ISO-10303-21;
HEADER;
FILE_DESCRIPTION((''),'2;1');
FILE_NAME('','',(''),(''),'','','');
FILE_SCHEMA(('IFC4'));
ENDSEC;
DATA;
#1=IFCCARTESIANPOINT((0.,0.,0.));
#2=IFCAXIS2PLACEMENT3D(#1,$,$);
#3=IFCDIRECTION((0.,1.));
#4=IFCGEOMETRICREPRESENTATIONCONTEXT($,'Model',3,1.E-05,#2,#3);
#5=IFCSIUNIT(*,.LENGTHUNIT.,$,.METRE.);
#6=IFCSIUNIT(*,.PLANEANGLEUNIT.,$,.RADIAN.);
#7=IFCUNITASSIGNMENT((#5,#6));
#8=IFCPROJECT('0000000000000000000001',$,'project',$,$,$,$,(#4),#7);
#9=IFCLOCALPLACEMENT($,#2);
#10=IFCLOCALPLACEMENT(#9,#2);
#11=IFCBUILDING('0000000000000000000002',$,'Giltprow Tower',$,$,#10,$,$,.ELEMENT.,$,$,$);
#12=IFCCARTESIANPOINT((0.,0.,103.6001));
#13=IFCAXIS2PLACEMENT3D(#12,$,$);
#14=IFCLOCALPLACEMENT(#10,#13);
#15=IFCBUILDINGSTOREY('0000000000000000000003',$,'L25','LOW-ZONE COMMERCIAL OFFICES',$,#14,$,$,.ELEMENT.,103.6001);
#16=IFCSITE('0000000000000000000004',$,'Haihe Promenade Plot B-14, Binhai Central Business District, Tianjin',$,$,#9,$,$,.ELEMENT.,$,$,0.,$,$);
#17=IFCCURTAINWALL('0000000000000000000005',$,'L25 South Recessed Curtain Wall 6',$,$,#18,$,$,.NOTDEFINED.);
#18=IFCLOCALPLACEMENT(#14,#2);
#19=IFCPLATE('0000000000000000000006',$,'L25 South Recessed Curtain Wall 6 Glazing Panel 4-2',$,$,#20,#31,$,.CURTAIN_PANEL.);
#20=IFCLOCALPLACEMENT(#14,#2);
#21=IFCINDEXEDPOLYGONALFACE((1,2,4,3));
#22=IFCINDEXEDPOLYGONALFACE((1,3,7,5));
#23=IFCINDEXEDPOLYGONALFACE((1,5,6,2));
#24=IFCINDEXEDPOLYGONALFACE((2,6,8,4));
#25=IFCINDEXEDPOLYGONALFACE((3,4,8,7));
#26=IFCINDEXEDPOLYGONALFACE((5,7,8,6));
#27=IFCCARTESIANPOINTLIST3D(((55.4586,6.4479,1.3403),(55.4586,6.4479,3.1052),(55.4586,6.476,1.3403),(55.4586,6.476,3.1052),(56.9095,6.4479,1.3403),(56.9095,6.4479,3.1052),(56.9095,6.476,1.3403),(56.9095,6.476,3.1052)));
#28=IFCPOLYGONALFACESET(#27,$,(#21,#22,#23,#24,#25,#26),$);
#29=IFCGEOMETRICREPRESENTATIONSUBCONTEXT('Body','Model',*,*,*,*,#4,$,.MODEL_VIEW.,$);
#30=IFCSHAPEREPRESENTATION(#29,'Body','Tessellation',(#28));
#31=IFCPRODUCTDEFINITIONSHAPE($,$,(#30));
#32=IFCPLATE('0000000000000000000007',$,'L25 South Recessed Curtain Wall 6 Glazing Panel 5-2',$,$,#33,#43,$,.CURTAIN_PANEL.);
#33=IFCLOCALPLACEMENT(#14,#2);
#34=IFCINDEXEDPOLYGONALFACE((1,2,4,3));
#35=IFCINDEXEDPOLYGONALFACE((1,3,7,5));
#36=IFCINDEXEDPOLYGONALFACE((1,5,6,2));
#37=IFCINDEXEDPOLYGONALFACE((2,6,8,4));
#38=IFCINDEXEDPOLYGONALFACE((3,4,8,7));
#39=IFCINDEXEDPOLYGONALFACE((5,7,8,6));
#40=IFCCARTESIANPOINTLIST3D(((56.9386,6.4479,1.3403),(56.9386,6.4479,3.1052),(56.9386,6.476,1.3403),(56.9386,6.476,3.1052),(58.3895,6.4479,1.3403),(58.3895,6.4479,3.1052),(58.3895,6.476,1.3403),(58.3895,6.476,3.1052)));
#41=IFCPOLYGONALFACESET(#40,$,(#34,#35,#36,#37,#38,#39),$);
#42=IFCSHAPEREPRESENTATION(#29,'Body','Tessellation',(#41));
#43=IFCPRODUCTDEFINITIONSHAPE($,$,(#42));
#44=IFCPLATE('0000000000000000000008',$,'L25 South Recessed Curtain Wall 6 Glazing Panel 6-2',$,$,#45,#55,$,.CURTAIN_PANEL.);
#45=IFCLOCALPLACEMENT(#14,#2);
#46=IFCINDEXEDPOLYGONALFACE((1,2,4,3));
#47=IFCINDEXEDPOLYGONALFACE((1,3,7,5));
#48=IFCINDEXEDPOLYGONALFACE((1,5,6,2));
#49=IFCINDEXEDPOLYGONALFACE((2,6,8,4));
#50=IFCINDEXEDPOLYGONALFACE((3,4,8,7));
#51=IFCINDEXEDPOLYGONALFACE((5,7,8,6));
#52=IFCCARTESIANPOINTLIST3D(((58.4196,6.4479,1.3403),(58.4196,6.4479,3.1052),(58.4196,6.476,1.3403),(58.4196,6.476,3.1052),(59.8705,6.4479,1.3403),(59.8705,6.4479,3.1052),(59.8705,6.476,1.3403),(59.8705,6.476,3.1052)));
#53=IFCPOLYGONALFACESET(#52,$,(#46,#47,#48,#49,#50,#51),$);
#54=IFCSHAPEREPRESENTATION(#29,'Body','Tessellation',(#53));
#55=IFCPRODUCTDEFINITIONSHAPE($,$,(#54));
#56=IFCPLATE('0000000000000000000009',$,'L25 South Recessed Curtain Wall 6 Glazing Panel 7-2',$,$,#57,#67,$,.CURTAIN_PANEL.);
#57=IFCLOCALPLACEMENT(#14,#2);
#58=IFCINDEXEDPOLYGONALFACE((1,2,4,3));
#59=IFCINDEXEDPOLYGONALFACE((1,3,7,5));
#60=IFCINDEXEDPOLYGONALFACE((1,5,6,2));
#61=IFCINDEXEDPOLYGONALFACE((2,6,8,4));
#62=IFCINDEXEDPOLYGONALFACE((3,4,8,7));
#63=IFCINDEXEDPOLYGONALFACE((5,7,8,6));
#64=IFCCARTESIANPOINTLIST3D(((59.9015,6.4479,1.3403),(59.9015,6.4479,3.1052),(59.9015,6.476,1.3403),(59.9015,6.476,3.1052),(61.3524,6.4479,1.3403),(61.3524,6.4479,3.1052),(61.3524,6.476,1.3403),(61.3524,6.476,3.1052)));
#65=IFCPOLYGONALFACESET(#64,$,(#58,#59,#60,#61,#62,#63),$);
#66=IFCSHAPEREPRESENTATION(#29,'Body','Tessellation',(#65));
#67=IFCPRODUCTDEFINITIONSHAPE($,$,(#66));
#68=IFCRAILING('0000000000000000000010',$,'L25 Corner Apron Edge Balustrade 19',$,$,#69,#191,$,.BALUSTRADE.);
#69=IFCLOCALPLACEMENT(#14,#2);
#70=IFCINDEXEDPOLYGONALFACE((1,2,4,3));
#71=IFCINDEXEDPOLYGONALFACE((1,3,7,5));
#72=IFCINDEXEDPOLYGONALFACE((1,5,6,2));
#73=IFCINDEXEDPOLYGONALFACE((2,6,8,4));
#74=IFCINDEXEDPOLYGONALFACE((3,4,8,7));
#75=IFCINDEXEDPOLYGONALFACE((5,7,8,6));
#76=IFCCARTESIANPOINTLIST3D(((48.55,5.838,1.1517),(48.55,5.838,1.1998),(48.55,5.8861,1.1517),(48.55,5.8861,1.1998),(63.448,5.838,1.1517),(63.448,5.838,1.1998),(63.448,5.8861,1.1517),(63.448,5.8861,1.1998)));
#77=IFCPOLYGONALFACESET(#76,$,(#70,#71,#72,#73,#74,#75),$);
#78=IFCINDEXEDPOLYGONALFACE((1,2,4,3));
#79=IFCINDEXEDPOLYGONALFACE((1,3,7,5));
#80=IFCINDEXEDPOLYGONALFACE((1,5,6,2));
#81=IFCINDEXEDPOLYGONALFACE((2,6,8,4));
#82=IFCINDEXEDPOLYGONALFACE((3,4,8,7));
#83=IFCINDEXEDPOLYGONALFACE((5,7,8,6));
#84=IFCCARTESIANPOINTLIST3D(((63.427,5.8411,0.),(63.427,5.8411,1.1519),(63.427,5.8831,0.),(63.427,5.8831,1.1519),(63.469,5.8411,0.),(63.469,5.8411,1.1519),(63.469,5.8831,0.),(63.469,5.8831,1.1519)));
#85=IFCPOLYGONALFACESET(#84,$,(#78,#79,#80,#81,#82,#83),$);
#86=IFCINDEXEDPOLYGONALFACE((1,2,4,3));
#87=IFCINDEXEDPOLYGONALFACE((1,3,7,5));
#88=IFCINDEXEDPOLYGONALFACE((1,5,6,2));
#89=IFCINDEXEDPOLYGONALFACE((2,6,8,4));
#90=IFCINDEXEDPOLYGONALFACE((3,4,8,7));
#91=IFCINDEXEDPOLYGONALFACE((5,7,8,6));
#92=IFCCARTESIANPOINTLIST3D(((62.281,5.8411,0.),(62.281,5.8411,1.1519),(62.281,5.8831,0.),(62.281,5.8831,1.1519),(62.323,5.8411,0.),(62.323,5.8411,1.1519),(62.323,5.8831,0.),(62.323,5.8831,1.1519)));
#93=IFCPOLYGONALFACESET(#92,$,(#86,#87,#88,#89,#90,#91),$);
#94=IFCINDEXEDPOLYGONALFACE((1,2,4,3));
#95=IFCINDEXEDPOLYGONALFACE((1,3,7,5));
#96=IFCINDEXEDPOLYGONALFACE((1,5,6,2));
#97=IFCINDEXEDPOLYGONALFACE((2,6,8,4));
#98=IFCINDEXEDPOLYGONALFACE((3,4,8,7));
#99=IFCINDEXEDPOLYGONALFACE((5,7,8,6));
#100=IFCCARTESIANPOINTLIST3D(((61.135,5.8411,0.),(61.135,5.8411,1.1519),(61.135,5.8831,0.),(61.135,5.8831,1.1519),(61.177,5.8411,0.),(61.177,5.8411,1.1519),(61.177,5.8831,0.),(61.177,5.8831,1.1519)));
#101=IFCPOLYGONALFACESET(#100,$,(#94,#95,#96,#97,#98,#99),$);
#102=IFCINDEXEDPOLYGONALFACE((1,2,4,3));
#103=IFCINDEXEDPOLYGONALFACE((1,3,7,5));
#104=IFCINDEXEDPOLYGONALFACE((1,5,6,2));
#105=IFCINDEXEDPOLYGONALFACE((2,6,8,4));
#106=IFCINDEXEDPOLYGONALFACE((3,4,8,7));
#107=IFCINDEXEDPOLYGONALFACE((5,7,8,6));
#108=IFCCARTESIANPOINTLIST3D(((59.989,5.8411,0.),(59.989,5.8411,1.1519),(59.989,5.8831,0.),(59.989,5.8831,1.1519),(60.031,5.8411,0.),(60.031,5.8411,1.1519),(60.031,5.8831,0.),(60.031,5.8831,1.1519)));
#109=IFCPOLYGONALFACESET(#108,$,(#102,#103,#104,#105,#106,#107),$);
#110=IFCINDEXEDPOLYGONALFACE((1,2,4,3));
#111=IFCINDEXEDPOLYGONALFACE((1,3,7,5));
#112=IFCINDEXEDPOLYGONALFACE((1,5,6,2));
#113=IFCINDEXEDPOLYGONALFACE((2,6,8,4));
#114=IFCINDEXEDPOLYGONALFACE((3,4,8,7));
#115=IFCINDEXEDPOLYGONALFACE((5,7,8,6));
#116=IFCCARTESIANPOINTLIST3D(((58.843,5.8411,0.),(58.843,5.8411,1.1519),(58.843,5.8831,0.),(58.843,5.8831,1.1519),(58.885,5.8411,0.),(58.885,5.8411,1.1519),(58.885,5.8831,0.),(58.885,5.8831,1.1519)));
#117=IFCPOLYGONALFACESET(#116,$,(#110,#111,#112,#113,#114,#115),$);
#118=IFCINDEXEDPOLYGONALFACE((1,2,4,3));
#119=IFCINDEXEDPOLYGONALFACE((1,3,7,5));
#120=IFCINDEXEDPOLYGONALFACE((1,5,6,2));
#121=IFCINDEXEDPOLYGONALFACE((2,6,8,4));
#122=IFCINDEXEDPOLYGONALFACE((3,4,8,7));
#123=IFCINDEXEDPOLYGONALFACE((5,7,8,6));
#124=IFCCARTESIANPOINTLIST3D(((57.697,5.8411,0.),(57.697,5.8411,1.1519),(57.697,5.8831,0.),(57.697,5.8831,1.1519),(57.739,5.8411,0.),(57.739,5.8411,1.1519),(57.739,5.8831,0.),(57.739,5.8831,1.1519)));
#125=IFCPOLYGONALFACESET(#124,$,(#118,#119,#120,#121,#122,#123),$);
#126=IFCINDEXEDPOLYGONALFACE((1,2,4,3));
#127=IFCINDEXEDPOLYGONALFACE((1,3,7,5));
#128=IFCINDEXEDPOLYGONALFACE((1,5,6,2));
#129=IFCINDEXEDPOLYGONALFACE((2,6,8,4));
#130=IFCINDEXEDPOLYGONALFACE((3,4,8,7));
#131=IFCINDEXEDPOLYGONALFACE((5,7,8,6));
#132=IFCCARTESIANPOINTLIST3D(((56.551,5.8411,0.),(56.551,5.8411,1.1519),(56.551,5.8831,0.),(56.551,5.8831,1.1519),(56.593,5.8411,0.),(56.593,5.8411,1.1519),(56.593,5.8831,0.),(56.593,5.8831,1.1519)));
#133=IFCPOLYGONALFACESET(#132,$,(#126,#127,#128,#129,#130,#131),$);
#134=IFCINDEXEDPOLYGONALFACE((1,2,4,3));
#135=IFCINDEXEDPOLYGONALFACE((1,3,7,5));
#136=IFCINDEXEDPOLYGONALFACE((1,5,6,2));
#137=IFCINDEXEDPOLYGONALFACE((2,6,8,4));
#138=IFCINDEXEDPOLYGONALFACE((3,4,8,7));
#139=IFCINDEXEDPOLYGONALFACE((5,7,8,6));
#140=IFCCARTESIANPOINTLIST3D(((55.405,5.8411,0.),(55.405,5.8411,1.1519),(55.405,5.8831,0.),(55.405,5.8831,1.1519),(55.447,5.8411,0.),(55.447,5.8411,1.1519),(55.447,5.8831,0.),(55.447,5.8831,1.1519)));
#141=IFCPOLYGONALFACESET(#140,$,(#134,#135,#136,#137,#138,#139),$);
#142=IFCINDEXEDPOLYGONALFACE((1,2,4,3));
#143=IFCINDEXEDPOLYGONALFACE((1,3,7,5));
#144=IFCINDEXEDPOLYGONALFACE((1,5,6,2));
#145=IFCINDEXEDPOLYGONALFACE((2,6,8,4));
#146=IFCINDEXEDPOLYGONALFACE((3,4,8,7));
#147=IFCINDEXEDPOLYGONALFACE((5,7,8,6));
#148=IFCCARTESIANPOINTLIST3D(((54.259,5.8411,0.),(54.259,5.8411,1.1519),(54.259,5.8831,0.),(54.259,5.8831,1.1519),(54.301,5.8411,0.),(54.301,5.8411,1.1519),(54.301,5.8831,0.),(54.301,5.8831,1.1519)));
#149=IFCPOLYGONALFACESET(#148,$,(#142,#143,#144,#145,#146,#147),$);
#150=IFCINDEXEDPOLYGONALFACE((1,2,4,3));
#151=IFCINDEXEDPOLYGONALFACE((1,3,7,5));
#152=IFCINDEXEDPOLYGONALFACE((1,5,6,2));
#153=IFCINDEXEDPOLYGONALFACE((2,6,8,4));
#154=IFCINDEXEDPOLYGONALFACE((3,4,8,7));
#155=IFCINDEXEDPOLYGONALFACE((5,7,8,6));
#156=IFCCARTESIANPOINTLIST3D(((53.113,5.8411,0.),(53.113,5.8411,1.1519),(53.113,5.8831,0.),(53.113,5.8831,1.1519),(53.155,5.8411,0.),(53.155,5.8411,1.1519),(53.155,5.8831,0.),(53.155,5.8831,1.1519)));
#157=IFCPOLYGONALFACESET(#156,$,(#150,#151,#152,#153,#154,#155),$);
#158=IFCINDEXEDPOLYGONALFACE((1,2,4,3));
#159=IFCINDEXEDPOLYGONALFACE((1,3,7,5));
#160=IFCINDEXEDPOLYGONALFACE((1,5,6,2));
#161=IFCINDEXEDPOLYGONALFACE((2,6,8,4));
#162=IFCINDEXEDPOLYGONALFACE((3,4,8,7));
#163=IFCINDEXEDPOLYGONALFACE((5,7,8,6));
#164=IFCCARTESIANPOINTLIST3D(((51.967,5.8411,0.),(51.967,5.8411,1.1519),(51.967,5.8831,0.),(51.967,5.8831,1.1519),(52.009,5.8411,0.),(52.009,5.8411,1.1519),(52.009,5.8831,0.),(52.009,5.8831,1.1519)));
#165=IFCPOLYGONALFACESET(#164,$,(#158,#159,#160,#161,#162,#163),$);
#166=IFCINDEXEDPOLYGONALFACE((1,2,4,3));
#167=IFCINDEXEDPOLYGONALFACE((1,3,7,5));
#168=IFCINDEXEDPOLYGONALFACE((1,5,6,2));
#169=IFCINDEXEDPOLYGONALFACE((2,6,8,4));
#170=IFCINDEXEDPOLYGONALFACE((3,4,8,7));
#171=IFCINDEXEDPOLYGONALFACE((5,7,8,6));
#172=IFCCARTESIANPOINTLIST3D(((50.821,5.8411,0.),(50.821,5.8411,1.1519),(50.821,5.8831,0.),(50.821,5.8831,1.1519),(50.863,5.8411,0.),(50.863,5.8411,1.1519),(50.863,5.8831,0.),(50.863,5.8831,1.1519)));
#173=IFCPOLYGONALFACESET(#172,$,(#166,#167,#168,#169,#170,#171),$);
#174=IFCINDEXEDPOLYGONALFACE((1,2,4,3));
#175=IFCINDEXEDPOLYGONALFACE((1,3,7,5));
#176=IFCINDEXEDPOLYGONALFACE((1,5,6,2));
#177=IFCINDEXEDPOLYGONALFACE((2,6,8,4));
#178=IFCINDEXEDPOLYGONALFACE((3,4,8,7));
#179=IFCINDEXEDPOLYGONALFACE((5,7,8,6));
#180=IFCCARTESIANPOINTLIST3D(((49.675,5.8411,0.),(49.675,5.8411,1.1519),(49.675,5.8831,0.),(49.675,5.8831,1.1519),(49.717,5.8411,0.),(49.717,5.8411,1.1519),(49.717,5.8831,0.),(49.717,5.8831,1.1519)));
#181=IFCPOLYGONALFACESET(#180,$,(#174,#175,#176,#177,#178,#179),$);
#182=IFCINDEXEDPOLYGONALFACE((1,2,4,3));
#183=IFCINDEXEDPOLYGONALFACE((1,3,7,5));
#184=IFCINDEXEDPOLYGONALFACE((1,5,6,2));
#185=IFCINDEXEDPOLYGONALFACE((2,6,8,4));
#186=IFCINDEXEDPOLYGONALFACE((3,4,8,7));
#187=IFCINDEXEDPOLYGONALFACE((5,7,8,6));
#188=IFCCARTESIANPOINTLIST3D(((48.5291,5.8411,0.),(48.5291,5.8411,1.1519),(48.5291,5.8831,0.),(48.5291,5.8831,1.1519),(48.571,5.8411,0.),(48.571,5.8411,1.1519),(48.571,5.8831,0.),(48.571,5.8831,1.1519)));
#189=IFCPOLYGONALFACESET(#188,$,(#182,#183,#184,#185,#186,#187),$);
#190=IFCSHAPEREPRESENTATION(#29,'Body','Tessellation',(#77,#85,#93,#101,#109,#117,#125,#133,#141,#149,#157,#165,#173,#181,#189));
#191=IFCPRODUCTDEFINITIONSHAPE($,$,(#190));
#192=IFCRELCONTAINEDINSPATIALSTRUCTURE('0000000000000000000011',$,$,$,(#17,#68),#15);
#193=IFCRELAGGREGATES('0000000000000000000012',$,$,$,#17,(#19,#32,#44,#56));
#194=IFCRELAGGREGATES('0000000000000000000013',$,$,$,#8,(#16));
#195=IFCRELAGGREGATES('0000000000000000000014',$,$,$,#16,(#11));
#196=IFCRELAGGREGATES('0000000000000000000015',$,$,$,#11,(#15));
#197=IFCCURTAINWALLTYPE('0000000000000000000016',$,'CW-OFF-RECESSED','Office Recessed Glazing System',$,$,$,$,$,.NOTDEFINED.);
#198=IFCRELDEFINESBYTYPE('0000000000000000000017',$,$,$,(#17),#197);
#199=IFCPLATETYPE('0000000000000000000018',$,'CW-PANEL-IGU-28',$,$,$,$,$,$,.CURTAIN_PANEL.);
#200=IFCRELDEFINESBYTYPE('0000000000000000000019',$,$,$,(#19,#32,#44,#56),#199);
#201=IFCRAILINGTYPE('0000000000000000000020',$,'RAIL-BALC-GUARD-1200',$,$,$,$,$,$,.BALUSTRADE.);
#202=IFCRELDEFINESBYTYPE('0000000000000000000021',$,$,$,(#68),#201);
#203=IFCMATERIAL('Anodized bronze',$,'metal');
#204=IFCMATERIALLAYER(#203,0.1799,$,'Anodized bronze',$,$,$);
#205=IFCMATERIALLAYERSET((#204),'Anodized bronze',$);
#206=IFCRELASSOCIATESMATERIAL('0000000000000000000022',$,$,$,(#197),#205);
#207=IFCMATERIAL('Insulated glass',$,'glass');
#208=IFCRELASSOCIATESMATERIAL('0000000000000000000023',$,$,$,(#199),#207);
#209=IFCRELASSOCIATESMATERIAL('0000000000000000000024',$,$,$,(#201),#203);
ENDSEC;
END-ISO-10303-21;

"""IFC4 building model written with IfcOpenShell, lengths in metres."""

from ifc_helpers import new_model, si_unit, direction, frame, origin, origin_2d, place, context, subcontext, project, spatial, rectangle, extrude, source, transform, mapped, material, layer, layer_set, type_object, element, aggregate, save


model = new_model("IFC4")

# Units and contexts
model_context = context("Model", 3, precision=1e-05, world=origin(), true_north=direction((0.0, 1.0)))
body_context = subcontext(model_context, "Body", "Model", "MODEL_VIEW")
ifc_project = project(units=[si_unit("LENGTHUNIT", "METRE"), si_unit("PLANEANGLEUNIT", "RADIAN")], contexts=[model_context])

# Site, building, storey
site_placement = place(None, origin())
site = spatial("IfcSite", under=ifc_project, at=site_placement, Name="Haihe Promenade Plot B-14, Binhai Central Business District, Tianjin", CompositionType="ELEMENT", RefElevation=0.0)
building_placement = place(site_placement, origin())
building = spatial("IfcBuilding", under=site, at=building_placement, Name="Giltprow Tower", CompositionType="ELEMENT")
storey_placement = place(building_placement, frame((0.0, 0.0, 103.6001)))
storey = spatial("IfcBuildingStorey", under=building, at=storey_placement, Name="L25", Description="LOW-ZONE COMMERCIAL OFFICES", CompositionType="ELEMENT", Elevation=103.6001)

# Curtain wall, plates
ifc_material_1 = material(Name="Anodized bronze", Category="metal")
ifc_layer = layer(ifc_material_1, 0.1799, Name="Anodized bronze")
ifc_layer_set = layer_set([ifc_layer], Name="Anodized bronze")
curtain_wall_type = type_object("IfcCurtainWallType", Name="CW-OFF-RECESSED", Description="Office Recessed Glazing System", PredefinedType="NOTDEFINED", material=ifc_layer_set)
curtain_wall_placement = place(storey_placement, origin())
curtain_wall = element("IfcCurtainWall", 1, at=curtain_wall_placement, inside=storey, type_object=curtain_wall_type, Name="L25 South Recessed Curtain Wall 6", PredefinedType="NOTDEFINED")
ifc_material_2 = material(Name="Insulated glass", Category="glass")
plate_type = type_object("IfcPlateType", Name="CW-PANEL-IGU-28", PredefinedType="CURTAIN_PANEL", material=ifc_material_2)
shared_shape_1 = source(origin(), body_context, "Body", "SweptSolid", [
    extrude(rectangle(XDim=1.4509, YDim=0.0281, at=origin_2d()), origin(), (0.0, 0.0, 1.0), 1.7649),
])
plate_1_placement = place(storey_placement, frame((56.1841, 6.4619, 1.3403), z_axis=(0.0, 0.0, 1.0), x_axis=(1.0, 0.0, 0.0)))
plate_1 = element("IfcPlate", 2, at=plate_1_placement, type_object=plate_type, Name="L25 South Recessed Curtain Wall 6 Glazing Panel 4-2", PredefinedType="CURTAIN_PANEL", context=body_context, shape_type="MappedRepresentation", body=[
    mapped(shared_shape_1, transform((0.0, 0.0, 0.0), x_axis=(1.0, 0.0, 0.0), y_axis=(0.0, 1.0, 0.0), z_axis=(0.0, 0.0, 1.0), scale=1.0)),
])
plate_2_placement = place(storey_placement, frame((57.6641, 6.4619, 1.3403), z_axis=(0.0, 0.0, 1.0), x_axis=(1.0, 0.0, 0.0)))
plate_2 = element("IfcPlate", 3, at=plate_2_placement, type_object=plate_type, Name="L25 South Recessed Curtain Wall 6 Glazing Panel 5-2", PredefinedType="CURTAIN_PANEL", context=body_context, shape_type="MappedRepresentation", body=[
    mapped(shared_shape_1, transform((0.0, 0.0, 0.0), x_axis=(1.0, 0.0, 0.0), y_axis=(0.0, 1.0, 0.0), z_axis=(0.0, 0.0, 1.0), scale=1.0)),
])
plate_3_placement = place(storey_placement, frame((59.145, 6.4619, 1.3403), z_axis=(0.0, 0.0, 1.0), x_axis=(1.0, 0.0, 0.0)))
plate_3 = element("IfcPlate", 4, at=plate_3_placement, type_object=plate_type, Name="L25 South Recessed Curtain Wall 6 Glazing Panel 6-2", PredefinedType="CURTAIN_PANEL", context=body_context, shape_type="MappedRepresentation", body=[
    mapped(shared_shape_1, transform((0.0, 0.0, 0.0), x_axis=(1.0, 0.0, 0.0), y_axis=(0.0, 1.0, 0.0), z_axis=(0.0, 0.0, 1.0), scale=1.0)),
])
plate_4_placement = place(storey_placement, frame((60.627, 6.4619, 1.3403), z_axis=(0.0, 0.0, 1.0), x_axis=(1.0, 0.0, 0.0)))
plate_4 = element("IfcPlate", 5, at=plate_4_placement, type_object=plate_type, Name="L25 South Recessed Curtain Wall 6 Glazing Panel 7-2", PredefinedType="CURTAIN_PANEL", context=body_context, shape_type="MappedRepresentation", body=[
    mapped(shared_shape_1, transform((0.0, 0.0, 0.0), x_axis=(1.0, 0.0, 0.0), y_axis=(0.0, 1.0, 0.0), z_axis=(0.0, 0.0, 1.0), scale=1.0)),
])
aggregate(curtain_wall, [plate_1, plate_2, plate_3, plate_4])

# Railing
railing_type = type_object("IfcRailingType", Name="RAIL-BALC-GUARD-1200", PredefinedType="BALUSTRADE", material=ifc_material_1)
railing_placement = place(storey_placement, frame((63.448, 5.8621, 0.0)))
element("IfcRailing", 6, at=railing_placement, inside=storey, type_object=railing_type, Name="L25 Corner Apron Edge Balustrade 19", PredefinedType="BALUSTRADE", context=body_context, shape_type="SweptSolid", body=[
    extrude(rectangle(XDim=0.0481, YDim=0.0481, at=origin_2d()), frame((0.0, 0.0, 1.1758), z_axis=(-1.0, 0.0, 0.0), x_axis=(0.0, -1.0, 0.0)), (0.0, 0.0, 1.0), 14.8979),
    extrude(rectangle(XDim=0.042, YDim=0.042, at=origin_2d()), origin(), (0.0, 0.0, 1.0), 1.1519),
    extrude(rectangle(XDim=0.042, YDim=0.042, at=origin_2d()), frame((-1.146, 0.0, 0.0)), (0.0, 0.0, 1.0), 1.1519),
    extrude(rectangle(XDim=0.042, YDim=0.042, at=origin_2d()), frame((-2.292, 0.0, 0.0)), (0.0, 0.0, 1.0), 1.1519),
    extrude(rectangle(XDim=0.042, YDim=0.042, at=origin_2d()), frame((-3.438, 0.0, 0.0)), (0.0, 0.0, 1.0), 1.1519),
    extrude(rectangle(XDim=0.042, YDim=0.042, at=origin_2d()), frame((-4.584, 0.0, 0.0)), (0.0, 0.0, 1.0), 1.1519),
    extrude(rectangle(XDim=0.042, YDim=0.042, at=origin_2d()), frame((-5.73, 0.0, 0.0)), (0.0, 0.0, 1.0), 1.1519),
    extrude(rectangle(XDim=0.042, YDim=0.042, at=origin_2d()), frame((-6.876, 0.0, 0.0)), (0.0, 0.0, 1.0), 1.1519),
    extrude(rectangle(XDim=0.042, YDim=0.042, at=origin_2d()), frame((-8.022, 0.0, 0.0)), (0.0, 0.0, 1.0), 1.1519),
    extrude(rectangle(XDim=0.042, YDim=0.042, at=origin_2d()), frame((-9.168, 0.0, 0.0)), (0.0, 0.0, 1.0), 1.1519),
    extrude(rectangle(XDim=0.042, YDim=0.042, at=origin_2d()), frame((-10.314, 0.0, 0.0)), (0.0, 0.0, 1.0), 1.1519),
    extrude(rectangle(XDim=0.042, YDim=0.042, at=origin_2d()), frame((-11.46, 0.0, 0.0)), (0.0, 0.0, 1.0), 1.1519),
    extrude(rectangle(XDim=0.042, YDim=0.042, at=origin_2d()), frame((-12.606, 0.0, 0.0)), (0.0, 0.0, 1.0), 1.1519),
    extrude(rectangle(XDim=0.042, YDim=0.042, at=origin_2d()), frame((-13.752, 0.0, 0.0)), (0.0, 0.0, 1.0), 1.1519),
    extrude(rectangle(XDim=0.042, YDim=0.042, at=origin_2d()), frame((-14.8979, 0.0, 0.0)), (0.0, 0.0, 1.0), 1.1519),
])

save(model, "model.ifc")
